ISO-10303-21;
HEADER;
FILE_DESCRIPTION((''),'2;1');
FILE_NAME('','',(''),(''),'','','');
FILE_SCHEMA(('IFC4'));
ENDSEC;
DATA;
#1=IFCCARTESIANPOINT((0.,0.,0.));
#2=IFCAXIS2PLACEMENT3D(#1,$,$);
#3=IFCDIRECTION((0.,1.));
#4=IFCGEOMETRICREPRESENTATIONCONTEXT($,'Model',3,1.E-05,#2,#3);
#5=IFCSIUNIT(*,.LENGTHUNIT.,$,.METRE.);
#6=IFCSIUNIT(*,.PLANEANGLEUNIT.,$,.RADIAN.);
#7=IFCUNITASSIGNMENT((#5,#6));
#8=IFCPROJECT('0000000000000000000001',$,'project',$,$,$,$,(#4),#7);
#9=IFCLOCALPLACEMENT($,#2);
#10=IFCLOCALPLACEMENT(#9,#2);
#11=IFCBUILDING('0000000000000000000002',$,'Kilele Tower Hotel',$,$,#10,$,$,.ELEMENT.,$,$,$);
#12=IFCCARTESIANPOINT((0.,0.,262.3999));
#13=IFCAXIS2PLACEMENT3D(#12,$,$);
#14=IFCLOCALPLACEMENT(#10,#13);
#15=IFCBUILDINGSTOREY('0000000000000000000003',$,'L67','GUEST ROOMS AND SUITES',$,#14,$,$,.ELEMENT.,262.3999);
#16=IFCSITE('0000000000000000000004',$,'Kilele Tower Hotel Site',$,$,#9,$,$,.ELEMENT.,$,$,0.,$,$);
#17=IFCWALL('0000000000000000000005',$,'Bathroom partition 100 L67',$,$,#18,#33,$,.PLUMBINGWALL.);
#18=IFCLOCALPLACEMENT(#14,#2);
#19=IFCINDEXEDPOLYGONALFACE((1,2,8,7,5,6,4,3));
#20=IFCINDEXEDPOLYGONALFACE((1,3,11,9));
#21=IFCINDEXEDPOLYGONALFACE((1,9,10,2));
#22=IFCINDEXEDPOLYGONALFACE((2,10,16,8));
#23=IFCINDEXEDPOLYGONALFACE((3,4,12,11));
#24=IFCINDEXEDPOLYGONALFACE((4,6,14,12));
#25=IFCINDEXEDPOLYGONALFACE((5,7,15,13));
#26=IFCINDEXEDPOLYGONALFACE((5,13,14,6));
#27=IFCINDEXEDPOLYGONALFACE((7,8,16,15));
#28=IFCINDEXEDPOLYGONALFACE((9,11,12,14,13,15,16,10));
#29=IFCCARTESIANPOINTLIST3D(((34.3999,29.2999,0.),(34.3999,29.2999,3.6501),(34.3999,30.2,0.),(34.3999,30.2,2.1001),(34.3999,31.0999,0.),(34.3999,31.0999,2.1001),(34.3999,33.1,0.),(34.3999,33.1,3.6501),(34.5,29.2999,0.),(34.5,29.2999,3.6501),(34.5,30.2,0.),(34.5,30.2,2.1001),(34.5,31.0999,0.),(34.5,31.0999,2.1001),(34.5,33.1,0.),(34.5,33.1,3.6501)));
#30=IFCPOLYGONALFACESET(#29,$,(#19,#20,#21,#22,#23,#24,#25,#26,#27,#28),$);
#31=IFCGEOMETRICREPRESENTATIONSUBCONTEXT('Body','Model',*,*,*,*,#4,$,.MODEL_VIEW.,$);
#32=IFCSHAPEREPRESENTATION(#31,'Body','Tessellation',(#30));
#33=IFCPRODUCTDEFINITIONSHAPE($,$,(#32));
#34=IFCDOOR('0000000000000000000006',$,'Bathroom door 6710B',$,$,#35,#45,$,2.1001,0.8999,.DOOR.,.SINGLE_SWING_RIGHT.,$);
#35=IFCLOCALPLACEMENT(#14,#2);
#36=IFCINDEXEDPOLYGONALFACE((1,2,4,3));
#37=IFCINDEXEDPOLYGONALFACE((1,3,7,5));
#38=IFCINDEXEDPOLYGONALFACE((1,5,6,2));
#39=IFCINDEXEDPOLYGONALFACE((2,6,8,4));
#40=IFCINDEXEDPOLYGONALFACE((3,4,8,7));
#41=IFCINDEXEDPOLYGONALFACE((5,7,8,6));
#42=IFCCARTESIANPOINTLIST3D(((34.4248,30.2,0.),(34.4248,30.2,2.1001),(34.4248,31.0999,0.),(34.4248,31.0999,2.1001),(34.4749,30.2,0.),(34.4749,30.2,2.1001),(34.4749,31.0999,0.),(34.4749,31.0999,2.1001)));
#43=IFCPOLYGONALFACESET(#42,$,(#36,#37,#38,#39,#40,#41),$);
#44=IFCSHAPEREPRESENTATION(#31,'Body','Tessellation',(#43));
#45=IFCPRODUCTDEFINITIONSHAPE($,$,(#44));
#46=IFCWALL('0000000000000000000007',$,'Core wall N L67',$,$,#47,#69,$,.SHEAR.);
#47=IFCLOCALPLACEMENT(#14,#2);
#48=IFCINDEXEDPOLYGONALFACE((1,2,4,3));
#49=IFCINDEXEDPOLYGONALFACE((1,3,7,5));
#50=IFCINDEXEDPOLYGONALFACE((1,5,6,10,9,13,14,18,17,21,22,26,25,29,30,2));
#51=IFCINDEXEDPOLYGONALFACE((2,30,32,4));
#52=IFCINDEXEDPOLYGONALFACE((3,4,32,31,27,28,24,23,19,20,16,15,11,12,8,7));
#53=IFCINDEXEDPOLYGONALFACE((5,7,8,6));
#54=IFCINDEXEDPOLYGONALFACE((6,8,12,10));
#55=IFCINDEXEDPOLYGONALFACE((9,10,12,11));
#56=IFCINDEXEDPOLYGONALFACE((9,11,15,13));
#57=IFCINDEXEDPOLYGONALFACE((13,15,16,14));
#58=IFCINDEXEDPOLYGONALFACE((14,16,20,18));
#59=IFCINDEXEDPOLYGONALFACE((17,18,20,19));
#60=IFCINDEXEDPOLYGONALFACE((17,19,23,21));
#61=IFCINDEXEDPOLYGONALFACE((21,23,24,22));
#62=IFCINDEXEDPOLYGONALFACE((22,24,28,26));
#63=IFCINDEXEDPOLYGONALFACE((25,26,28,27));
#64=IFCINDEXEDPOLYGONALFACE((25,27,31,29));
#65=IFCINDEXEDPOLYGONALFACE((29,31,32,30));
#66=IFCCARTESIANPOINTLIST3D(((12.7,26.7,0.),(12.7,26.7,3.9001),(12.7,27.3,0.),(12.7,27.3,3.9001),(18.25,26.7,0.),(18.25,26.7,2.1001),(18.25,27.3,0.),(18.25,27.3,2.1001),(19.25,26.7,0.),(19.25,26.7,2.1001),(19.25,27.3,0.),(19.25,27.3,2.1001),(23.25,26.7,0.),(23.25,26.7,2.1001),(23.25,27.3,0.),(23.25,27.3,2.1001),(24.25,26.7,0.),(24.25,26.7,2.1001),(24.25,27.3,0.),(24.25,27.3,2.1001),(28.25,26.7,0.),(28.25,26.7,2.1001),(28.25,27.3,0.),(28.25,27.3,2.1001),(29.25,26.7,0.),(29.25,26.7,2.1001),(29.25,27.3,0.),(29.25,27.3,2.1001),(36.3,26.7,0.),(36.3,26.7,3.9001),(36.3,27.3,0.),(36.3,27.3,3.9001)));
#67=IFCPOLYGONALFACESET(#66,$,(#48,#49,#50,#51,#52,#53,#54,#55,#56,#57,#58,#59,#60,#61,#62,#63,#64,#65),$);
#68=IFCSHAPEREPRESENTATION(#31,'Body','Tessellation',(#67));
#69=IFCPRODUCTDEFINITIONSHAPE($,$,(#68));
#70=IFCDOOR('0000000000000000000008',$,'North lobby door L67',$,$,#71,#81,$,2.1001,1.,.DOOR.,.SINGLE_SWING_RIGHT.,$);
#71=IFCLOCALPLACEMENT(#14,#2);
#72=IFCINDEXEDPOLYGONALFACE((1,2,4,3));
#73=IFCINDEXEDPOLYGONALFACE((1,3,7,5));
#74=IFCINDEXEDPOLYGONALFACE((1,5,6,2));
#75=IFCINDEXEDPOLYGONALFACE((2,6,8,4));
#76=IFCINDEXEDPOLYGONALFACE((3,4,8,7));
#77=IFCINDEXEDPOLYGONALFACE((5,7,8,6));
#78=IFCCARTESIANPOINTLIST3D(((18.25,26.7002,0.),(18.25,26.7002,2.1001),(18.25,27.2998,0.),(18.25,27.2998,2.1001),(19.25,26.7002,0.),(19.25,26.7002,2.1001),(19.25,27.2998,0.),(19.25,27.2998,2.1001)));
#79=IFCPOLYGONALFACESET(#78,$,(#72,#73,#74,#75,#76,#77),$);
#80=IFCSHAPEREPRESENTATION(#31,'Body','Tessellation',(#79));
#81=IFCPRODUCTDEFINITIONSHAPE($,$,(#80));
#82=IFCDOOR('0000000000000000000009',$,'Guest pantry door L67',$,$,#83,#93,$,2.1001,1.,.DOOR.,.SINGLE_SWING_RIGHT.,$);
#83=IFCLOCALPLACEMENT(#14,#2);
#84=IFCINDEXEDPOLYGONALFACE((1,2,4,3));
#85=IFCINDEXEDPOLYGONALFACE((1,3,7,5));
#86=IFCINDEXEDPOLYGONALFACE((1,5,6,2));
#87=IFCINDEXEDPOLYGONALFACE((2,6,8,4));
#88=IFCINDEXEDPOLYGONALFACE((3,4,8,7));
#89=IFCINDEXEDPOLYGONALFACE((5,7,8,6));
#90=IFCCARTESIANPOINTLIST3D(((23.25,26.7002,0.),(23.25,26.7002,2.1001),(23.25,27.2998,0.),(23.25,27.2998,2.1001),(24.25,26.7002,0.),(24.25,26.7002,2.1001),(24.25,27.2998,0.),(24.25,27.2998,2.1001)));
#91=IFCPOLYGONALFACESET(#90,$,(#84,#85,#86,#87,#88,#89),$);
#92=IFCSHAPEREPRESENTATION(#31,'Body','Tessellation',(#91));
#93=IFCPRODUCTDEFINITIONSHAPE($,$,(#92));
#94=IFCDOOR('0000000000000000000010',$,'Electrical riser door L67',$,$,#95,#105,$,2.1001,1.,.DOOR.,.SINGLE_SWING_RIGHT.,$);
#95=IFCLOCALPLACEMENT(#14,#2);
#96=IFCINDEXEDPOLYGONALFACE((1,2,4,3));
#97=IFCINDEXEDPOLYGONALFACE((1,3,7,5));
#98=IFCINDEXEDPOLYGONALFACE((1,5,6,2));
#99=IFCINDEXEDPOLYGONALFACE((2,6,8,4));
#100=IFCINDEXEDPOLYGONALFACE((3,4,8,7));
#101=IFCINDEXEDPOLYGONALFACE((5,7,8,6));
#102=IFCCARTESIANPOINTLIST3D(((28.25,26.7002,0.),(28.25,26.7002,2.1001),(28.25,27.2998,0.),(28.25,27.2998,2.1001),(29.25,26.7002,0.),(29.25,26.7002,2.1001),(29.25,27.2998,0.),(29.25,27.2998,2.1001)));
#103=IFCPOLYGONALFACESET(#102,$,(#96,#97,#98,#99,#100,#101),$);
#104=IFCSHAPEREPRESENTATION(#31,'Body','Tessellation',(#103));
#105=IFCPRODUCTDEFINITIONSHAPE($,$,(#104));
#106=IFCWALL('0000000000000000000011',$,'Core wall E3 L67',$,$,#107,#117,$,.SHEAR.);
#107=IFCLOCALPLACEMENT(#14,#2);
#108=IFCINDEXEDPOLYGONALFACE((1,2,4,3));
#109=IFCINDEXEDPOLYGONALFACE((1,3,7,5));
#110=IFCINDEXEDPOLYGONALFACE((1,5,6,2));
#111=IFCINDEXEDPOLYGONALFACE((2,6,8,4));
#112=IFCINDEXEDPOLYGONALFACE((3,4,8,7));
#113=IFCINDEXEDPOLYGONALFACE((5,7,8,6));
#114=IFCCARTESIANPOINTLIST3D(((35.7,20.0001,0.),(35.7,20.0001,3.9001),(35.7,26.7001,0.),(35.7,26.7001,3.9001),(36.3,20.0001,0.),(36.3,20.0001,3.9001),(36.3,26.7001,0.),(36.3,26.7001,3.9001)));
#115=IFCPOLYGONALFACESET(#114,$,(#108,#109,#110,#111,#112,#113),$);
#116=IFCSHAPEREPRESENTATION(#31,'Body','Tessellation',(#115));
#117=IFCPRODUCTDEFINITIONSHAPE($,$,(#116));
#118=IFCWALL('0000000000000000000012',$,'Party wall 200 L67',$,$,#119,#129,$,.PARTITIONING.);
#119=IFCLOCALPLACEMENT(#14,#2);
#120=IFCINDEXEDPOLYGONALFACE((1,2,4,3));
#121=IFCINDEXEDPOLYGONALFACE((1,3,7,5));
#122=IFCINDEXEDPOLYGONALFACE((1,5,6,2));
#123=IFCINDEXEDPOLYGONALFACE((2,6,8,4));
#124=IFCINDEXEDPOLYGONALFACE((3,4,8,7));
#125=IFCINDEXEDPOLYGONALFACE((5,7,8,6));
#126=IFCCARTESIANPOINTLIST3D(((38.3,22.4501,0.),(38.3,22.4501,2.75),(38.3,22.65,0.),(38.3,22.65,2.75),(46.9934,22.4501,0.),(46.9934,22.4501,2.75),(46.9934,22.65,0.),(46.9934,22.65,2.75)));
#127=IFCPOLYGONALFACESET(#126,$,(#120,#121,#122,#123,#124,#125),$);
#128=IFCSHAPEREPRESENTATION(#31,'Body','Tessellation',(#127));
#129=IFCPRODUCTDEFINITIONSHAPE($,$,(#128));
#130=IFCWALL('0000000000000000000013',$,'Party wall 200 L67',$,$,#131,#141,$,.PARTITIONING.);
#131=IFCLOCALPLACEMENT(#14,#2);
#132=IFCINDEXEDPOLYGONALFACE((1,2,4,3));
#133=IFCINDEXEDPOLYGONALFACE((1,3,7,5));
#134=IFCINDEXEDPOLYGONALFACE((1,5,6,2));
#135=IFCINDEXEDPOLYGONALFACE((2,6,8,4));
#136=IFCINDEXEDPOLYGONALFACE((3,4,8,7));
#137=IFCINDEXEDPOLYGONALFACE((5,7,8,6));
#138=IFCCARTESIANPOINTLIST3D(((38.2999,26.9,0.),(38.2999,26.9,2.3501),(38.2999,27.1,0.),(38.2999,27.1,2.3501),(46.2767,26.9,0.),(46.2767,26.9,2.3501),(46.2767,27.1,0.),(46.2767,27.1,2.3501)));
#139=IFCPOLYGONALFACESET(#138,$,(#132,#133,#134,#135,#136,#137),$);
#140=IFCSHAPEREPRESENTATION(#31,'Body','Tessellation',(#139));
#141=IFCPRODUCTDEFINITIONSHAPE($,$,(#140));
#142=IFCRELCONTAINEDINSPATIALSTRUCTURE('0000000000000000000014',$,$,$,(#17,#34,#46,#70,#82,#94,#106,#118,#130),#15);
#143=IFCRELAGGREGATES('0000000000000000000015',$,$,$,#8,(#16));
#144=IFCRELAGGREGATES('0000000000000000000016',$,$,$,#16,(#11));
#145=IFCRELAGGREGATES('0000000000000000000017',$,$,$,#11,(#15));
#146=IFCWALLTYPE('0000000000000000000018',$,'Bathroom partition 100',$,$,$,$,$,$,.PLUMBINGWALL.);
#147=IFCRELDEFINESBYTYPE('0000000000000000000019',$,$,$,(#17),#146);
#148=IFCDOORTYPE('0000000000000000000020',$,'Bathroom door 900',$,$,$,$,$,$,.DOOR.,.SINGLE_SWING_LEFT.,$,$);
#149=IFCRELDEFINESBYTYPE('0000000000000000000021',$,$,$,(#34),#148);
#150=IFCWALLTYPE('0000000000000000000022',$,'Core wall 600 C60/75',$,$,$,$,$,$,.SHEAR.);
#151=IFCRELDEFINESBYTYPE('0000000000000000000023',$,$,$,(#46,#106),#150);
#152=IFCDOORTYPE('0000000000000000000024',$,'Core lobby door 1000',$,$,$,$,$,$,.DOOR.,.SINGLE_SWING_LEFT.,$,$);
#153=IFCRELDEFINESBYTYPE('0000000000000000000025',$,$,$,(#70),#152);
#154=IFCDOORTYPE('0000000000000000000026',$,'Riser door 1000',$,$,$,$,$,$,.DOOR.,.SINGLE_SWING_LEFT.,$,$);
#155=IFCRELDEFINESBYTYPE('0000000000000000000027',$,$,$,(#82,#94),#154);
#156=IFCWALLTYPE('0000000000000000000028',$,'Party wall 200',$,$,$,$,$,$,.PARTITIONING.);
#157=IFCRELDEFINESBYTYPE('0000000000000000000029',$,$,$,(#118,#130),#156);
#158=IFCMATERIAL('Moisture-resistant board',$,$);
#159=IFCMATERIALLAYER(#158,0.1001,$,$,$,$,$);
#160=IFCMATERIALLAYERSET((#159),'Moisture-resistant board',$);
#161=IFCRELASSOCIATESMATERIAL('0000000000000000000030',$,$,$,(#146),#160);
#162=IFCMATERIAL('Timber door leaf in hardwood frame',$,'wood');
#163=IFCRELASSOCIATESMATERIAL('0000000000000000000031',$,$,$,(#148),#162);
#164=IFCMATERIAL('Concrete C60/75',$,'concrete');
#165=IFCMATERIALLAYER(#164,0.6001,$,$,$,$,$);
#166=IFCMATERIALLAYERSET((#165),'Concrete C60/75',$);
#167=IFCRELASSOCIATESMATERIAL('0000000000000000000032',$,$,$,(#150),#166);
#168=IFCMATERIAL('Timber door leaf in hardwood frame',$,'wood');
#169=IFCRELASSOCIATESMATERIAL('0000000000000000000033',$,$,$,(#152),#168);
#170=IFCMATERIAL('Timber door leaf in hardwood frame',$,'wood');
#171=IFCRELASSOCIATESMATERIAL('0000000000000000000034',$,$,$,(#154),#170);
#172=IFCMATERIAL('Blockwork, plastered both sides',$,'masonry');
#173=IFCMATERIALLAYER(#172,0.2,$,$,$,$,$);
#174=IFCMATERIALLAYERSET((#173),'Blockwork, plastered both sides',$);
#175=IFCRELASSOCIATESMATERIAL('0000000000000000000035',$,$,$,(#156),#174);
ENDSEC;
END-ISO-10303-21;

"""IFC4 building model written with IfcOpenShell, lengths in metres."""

from ifc_helpers import new_model, si_unit, direction, frame, frame_2d, origin, place, context, subcontext, project, spatial, rectangle, extrude, material, layer, layer_set, type_object, element, fill, save


model = new_model("IFC4")

# Units and contexts
model_context = context("Model", 3, precision=1e-05, world=origin(), true_north=direction((0.0, 1.0)))
body_context = subcontext(model_context, "Body", "Model", "MODEL_VIEW")
ifc_project = project(units=[si_unit("LENGTHUNIT", "METRE"), si_unit("PLANEANGLEUNIT", "RADIAN")], contexts=[model_context])

# Site, building, storey
site_placement = place(None, origin())
site = spatial("IfcSite", under=ifc_project, at=site_placement, Name="Kilele Tower Hotel Site", CompositionType="ELEMENT", RefElevation=0.0)
building_placement = place(site_placement, origin())
building = spatial("IfcBuilding", under=site, at=building_placement, Name="Kilele Tower Hotel", CompositionType="ELEMENT")
storey_placement = place(building_placement, frame((0.0, 0.0, 262.3999)))
storey = spatial("IfcBuildingStorey", under=building, at=storey_placement, Name="L67", Description="GUEST ROOMS AND SUITES", CompositionType="ELEMENT", Elevation=262.3999)

# Shared definitions
ifc_material_1 = material(Name="Moisture-resistant board")
ifc_layer_1 = layer(ifc_material_1, 0.1001)
ifc_layer_set_1 = layer_set([ifc_layer_1], Name="Moisture-resistant board")
wall_type_1 = type_object("IfcWallType", Name="Bathroom partition 100", PredefinedType="PLUMBINGWALL", material=ifc_layer_set_1)

# Shared definitions
ifc_material_2 = material(Name="Timber door leaf in hardwood frame", Category="wood")
door_type_1 = type_object("IfcDoorType", Name="Bathroom door 900", OperationType="SINGLE_SWING_LEFT", PredefinedType="DOOR", material=ifc_material_2)

# Wall, opening, door
wall_1_placement = place(storey_placement, frame((34.45, 29.3, 0.0), z_axis=(0.0, 0.0, 1.0), x_axis=(0.0, 1.0, 0.0)))
wall_1 = element("IfcWall", 1, at=wall_1_placement, inside=storey, type_object=wall_type_1, Name="Bathroom partition 100 L67", PredefinedType="PLUMBINGWALL", context=body_context, shape_type="SweptSolid", body=[
    extrude(rectangle(XDim=3.8, YDim=0.1001, at=frame_2d((1.8999, 0.0))), origin(), (0.0, 0.0, 1.0), 3.6501),
])
opening_1_placement = place(wall_1_placement, frame((1.7998, 0.0, 0.0), z_axis=(0.0, 0.0, 1.0), x_axis=(-1.0, 0.0, 0.0)))
opening_1 = element("IfcOpeningElement", 2, at=opening_1_placement, cuts=wall_1, PredefinedType="OPENING", context=body_context, shape_type="SweptSolid", body=[
    extrude(rectangle(XDim=0.8999, YDim=2.1001, at=frame_2d((0.45, 1.05))), frame((0.0, 0.0601, 0.0), z_axis=(0.0, -1.0, 0.0), x_axis=(1.0, 0.0, 0.0)), (0.0, 0.0, 1.0), 0.1201),
])
door_1_placement = place(opening_1_placement, origin())
door_1 = element("IfcDoor", 3, at=door_1_placement, inside=storey, type_object=door_type_1, Name="Bathroom door 6710B", OperationType="SINGLE_SWING_RIGHT", OverallHeight=2.1001, OverallWidth=0.8999, PredefinedType="DOOR", context=body_context, shape_type="SweptSolid", body=[
    extrude(rectangle(XDim=0.8999, YDim=2.1001, at=frame_2d((0.45, 1.05))), frame((0.0, 0.0249, 0.0), z_axis=(0.0, -1.0, 0.0), x_axis=(1.0, 0.0, 0.0)), (0.0, 0.0, 1.0), 0.05),
])
fill(opening_1, door_1)

# Wall, openings, doors
ifc_material_3 = material(Name="Concrete C60/75", Category="concrete")
ifc_layer_2 = layer(ifc_material_3, 0.6001)
ifc_layer_set_2 = layer_set([ifc_layer_2], Name="Concrete C60/75")
wall_type_2 = type_object("IfcWallType", Name="Core wall 600 C60/75", PredefinedType="SHEAR", material=ifc_layer_set_2)
wall_2_placement = place(storey_placement, frame((36.3, 27.0, 0.0), z_axis=(0.0, 0.0, 1.0), x_axis=(-1.0, 0.0, 0.0)))
wall_2 = element("IfcWall", 4, at=wall_2_placement, inside=storey, type_object=wall_type_2, Name="Core wall N L67", PredefinedType="SHEAR", context=body_context, shape_type="SweptSolid", body=[
    extrude(rectangle(XDim=23.6001, YDim=0.6001, at=frame_2d((11.8, 0.0))), origin(), (0.0, 0.0, 1.0), 3.9001),
])
opening_2_placement = place(wall_2_placement, frame((17.05, 0.0, 0.0)))
opening_2 = element("IfcOpeningElement", 5, at=opening_2_placement, cuts=wall_2, PredefinedType="OPENING", context=body_context, shape_type="SweptSolid", body=[
    extrude(rectangle(XDim=1.0, YDim=2.1001, at=frame_2d((0.5, 1.05))), frame((0.0, 0.3101, 0.0), z_axis=(0.0, -1.0, 0.0), x_axis=(1.0, 0.0, 0.0)), (0.0, 0.0, 1.0), 0.6201),
])
opening_3_placement = place(wall_2_placement, frame((12.05, 0.0, 0.0)))
opening_3 = element("IfcOpeningElement", 6, at=opening_3_placement, cuts=wall_2, PredefinedType="OPENING", context=body_context, shape_type="SweptSolid", body=[
    extrude(rectangle(XDim=1.0, YDim=2.1001, at=frame_2d((0.5, 1.05))), frame((0.0, 0.3101, 0.0), z_axis=(0.0, -1.0, 0.0), x_axis=(1.0, 0.0, 0.0)), (0.0, 0.0, 1.0), 0.6201),
])
opening_4_placement = place(wall_2_placement, frame((7.05, 0.0, 0.0)))
opening_4 = element("IfcOpeningElement", 7, at=opening_4_placement, cuts=wall_2, PredefinedType="OPENING", context=body_context, shape_type="SweptSolid", body=[
    extrude(rectangle(XDim=1.0, YDim=2.1001, at=frame_2d((0.5, 1.05))), frame((0.0, 0.3101, 0.0), z_axis=(0.0, -1.0, 0.0), x_axis=(1.0, 0.0, 0.0)), (0.0, 0.0, 1.0), 0.6201),
])
ifc_material_4 = material(Name="Timber door leaf in hardwood frame", Category="wood")
door_type_2 = type_object("IfcDoorType", Name="Core lobby door 1000", OperationType="SINGLE_SWING_LEFT", PredefinedType="DOOR", material=ifc_material_4)
door_2_placement = place(opening_2_placement, origin())
door_2 = element("IfcDoor", 8, at=door_2_placement, inside=storey, type_object=door_type_2, Name="North lobby door L67", OperationType="SINGLE_SWING_RIGHT", OverallHeight=2.1001, OverallWidth=1.0, PredefinedType="DOOR", context=body_context, shape_type="SweptSolid", body=[
    extrude(rectangle(XDim=1.0, YDim=2.1001, at=frame_2d((0.5, 1.05))), frame((0.0, 0.2998, 0.0), z_axis=(0.0, -1.0, 0.0), x_axis=(1.0, 0.0, 0.0)), (0.0, 0.0, 1.0), 0.5996),
])
fill(opening_2, door_2)
ifc_material_5 = material(Name="Timber door leaf in hardwood frame", Category="wood")
door_type_3 = type_object("IfcDoorType", Name="Riser door 1000", OperationType="SINGLE_SWING_LEFT", PredefinedType="DOOR", material=ifc_material_5)
door_3_placement = place(opening_3_placement, origin())
door_3 = element("IfcDoor", 9, at=door_3_placement, inside=storey, type_object=door_type_3, Name="Guest pantry door L67", OperationType="SINGLE_SWING_RIGHT", OverallHeight=2.1001, OverallWidth=1.0, PredefinedType="DOOR", context=body_context, shape_type="SweptSolid", body=[
    extrude(rectangle(XDim=1.0, YDim=2.1001, at=frame_2d((0.5, 1.05))), frame((0.0, 0.2998, 0.0), z_axis=(0.0, -1.0, 0.0), x_axis=(1.0, 0.0, 0.0)), (0.0, 0.0, 1.0), 0.5996),
])
fill(opening_3, door_3)
door_4_placement = place(opening_4_placement, origin())
door_4 = element("IfcDoor", 10, at=door_4_placement, inside=storey, type_object=door_type_3, Name="Electrical riser door L67", OperationType="SINGLE_SWING_RIGHT", OverallHeight=2.1001, OverallWidth=1.0, PredefinedType="DOOR", context=body_context, shape_type="SweptSolid", body=[
    extrude(rectangle(XDim=1.0, YDim=2.1001, at=frame_2d((0.5, 1.05))), frame((0.0, 0.2998, 0.0), z_axis=(0.0, -1.0, 0.0), x_axis=(1.0, 0.0, 0.0)), (0.0, 0.0, 1.0), 0.5996),
])
fill(opening_4, door_4)

# Walls
wall_3_placement = place(storey_placement, frame((36.0, 20.0, 0.0), z_axis=(0.0, 0.0, 1.0), x_axis=(0.0, 1.0, 0.0)))
element("IfcWall", 11, at=wall_3_placement, inside=storey, type_object=wall_type_2, Name="Core wall E3 L67", PredefinedType="SHEAR", context=body_context, shape_type="SweptSolid", body=[
    extrude(rectangle(XDim=6.7, YDim=0.6001, at=frame_2d((3.3501, 0.0))), origin(), (0.0, 0.0, 1.0), 3.9001),
])
ifc_material_6 = material(Name="Blockwork, plastered both sides", Category="masonry")
ifc_layer_3 = layer(ifc_material_6, 0.2)
ifc_layer_set_3 = layer_set([ifc_layer_3], Name="Blockwork, plastered both sides")
wall_type_3 = type_object("IfcWallType", Name="Party wall 200", PredefinedType="PARTITIONING", material=ifc_layer_set_3)
wall_4_placement = place(storey_placement, frame((38.3, 22.55, 0.0), z_axis=(0.0, 0.0, 1.0), x_axis=(1.0, 0.0, 0.0)))
element("IfcWall", 12, at=wall_4_placement, inside=storey, type_object=wall_type_3, Name="Party wall 200 L67", PredefinedType="PARTITIONING", context=body_context, shape_type="SweptSolid", body=[
    extrude(rectangle(XDim=8.6934, YDim=0.2, at=frame_2d((4.3467, 0.0))), origin(), (0.0, 0.0, 1.0), 2.75),
])
wall_5_placement = place(storey_placement, frame((38.3, 27.0, 0.0), z_axis=(0.0, 0.0, 1.0), x_axis=(1.0, 0.0, 0.0)))
element("IfcWall", 13, at=wall_5_placement, inside=storey, type_object=wall_type_3, Name="Party wall 200 L67", PredefinedType="PARTITIONING", context=body_context, shape_type="SweptSolid", body=[
    extrude(rectangle(XDim=7.9768, YDim=0.2, at=frame_2d((3.9883, 0.0))), origin(), (0.0, 0.0, 1.0), 2.3501),
])

save(model, "model.ifc")
